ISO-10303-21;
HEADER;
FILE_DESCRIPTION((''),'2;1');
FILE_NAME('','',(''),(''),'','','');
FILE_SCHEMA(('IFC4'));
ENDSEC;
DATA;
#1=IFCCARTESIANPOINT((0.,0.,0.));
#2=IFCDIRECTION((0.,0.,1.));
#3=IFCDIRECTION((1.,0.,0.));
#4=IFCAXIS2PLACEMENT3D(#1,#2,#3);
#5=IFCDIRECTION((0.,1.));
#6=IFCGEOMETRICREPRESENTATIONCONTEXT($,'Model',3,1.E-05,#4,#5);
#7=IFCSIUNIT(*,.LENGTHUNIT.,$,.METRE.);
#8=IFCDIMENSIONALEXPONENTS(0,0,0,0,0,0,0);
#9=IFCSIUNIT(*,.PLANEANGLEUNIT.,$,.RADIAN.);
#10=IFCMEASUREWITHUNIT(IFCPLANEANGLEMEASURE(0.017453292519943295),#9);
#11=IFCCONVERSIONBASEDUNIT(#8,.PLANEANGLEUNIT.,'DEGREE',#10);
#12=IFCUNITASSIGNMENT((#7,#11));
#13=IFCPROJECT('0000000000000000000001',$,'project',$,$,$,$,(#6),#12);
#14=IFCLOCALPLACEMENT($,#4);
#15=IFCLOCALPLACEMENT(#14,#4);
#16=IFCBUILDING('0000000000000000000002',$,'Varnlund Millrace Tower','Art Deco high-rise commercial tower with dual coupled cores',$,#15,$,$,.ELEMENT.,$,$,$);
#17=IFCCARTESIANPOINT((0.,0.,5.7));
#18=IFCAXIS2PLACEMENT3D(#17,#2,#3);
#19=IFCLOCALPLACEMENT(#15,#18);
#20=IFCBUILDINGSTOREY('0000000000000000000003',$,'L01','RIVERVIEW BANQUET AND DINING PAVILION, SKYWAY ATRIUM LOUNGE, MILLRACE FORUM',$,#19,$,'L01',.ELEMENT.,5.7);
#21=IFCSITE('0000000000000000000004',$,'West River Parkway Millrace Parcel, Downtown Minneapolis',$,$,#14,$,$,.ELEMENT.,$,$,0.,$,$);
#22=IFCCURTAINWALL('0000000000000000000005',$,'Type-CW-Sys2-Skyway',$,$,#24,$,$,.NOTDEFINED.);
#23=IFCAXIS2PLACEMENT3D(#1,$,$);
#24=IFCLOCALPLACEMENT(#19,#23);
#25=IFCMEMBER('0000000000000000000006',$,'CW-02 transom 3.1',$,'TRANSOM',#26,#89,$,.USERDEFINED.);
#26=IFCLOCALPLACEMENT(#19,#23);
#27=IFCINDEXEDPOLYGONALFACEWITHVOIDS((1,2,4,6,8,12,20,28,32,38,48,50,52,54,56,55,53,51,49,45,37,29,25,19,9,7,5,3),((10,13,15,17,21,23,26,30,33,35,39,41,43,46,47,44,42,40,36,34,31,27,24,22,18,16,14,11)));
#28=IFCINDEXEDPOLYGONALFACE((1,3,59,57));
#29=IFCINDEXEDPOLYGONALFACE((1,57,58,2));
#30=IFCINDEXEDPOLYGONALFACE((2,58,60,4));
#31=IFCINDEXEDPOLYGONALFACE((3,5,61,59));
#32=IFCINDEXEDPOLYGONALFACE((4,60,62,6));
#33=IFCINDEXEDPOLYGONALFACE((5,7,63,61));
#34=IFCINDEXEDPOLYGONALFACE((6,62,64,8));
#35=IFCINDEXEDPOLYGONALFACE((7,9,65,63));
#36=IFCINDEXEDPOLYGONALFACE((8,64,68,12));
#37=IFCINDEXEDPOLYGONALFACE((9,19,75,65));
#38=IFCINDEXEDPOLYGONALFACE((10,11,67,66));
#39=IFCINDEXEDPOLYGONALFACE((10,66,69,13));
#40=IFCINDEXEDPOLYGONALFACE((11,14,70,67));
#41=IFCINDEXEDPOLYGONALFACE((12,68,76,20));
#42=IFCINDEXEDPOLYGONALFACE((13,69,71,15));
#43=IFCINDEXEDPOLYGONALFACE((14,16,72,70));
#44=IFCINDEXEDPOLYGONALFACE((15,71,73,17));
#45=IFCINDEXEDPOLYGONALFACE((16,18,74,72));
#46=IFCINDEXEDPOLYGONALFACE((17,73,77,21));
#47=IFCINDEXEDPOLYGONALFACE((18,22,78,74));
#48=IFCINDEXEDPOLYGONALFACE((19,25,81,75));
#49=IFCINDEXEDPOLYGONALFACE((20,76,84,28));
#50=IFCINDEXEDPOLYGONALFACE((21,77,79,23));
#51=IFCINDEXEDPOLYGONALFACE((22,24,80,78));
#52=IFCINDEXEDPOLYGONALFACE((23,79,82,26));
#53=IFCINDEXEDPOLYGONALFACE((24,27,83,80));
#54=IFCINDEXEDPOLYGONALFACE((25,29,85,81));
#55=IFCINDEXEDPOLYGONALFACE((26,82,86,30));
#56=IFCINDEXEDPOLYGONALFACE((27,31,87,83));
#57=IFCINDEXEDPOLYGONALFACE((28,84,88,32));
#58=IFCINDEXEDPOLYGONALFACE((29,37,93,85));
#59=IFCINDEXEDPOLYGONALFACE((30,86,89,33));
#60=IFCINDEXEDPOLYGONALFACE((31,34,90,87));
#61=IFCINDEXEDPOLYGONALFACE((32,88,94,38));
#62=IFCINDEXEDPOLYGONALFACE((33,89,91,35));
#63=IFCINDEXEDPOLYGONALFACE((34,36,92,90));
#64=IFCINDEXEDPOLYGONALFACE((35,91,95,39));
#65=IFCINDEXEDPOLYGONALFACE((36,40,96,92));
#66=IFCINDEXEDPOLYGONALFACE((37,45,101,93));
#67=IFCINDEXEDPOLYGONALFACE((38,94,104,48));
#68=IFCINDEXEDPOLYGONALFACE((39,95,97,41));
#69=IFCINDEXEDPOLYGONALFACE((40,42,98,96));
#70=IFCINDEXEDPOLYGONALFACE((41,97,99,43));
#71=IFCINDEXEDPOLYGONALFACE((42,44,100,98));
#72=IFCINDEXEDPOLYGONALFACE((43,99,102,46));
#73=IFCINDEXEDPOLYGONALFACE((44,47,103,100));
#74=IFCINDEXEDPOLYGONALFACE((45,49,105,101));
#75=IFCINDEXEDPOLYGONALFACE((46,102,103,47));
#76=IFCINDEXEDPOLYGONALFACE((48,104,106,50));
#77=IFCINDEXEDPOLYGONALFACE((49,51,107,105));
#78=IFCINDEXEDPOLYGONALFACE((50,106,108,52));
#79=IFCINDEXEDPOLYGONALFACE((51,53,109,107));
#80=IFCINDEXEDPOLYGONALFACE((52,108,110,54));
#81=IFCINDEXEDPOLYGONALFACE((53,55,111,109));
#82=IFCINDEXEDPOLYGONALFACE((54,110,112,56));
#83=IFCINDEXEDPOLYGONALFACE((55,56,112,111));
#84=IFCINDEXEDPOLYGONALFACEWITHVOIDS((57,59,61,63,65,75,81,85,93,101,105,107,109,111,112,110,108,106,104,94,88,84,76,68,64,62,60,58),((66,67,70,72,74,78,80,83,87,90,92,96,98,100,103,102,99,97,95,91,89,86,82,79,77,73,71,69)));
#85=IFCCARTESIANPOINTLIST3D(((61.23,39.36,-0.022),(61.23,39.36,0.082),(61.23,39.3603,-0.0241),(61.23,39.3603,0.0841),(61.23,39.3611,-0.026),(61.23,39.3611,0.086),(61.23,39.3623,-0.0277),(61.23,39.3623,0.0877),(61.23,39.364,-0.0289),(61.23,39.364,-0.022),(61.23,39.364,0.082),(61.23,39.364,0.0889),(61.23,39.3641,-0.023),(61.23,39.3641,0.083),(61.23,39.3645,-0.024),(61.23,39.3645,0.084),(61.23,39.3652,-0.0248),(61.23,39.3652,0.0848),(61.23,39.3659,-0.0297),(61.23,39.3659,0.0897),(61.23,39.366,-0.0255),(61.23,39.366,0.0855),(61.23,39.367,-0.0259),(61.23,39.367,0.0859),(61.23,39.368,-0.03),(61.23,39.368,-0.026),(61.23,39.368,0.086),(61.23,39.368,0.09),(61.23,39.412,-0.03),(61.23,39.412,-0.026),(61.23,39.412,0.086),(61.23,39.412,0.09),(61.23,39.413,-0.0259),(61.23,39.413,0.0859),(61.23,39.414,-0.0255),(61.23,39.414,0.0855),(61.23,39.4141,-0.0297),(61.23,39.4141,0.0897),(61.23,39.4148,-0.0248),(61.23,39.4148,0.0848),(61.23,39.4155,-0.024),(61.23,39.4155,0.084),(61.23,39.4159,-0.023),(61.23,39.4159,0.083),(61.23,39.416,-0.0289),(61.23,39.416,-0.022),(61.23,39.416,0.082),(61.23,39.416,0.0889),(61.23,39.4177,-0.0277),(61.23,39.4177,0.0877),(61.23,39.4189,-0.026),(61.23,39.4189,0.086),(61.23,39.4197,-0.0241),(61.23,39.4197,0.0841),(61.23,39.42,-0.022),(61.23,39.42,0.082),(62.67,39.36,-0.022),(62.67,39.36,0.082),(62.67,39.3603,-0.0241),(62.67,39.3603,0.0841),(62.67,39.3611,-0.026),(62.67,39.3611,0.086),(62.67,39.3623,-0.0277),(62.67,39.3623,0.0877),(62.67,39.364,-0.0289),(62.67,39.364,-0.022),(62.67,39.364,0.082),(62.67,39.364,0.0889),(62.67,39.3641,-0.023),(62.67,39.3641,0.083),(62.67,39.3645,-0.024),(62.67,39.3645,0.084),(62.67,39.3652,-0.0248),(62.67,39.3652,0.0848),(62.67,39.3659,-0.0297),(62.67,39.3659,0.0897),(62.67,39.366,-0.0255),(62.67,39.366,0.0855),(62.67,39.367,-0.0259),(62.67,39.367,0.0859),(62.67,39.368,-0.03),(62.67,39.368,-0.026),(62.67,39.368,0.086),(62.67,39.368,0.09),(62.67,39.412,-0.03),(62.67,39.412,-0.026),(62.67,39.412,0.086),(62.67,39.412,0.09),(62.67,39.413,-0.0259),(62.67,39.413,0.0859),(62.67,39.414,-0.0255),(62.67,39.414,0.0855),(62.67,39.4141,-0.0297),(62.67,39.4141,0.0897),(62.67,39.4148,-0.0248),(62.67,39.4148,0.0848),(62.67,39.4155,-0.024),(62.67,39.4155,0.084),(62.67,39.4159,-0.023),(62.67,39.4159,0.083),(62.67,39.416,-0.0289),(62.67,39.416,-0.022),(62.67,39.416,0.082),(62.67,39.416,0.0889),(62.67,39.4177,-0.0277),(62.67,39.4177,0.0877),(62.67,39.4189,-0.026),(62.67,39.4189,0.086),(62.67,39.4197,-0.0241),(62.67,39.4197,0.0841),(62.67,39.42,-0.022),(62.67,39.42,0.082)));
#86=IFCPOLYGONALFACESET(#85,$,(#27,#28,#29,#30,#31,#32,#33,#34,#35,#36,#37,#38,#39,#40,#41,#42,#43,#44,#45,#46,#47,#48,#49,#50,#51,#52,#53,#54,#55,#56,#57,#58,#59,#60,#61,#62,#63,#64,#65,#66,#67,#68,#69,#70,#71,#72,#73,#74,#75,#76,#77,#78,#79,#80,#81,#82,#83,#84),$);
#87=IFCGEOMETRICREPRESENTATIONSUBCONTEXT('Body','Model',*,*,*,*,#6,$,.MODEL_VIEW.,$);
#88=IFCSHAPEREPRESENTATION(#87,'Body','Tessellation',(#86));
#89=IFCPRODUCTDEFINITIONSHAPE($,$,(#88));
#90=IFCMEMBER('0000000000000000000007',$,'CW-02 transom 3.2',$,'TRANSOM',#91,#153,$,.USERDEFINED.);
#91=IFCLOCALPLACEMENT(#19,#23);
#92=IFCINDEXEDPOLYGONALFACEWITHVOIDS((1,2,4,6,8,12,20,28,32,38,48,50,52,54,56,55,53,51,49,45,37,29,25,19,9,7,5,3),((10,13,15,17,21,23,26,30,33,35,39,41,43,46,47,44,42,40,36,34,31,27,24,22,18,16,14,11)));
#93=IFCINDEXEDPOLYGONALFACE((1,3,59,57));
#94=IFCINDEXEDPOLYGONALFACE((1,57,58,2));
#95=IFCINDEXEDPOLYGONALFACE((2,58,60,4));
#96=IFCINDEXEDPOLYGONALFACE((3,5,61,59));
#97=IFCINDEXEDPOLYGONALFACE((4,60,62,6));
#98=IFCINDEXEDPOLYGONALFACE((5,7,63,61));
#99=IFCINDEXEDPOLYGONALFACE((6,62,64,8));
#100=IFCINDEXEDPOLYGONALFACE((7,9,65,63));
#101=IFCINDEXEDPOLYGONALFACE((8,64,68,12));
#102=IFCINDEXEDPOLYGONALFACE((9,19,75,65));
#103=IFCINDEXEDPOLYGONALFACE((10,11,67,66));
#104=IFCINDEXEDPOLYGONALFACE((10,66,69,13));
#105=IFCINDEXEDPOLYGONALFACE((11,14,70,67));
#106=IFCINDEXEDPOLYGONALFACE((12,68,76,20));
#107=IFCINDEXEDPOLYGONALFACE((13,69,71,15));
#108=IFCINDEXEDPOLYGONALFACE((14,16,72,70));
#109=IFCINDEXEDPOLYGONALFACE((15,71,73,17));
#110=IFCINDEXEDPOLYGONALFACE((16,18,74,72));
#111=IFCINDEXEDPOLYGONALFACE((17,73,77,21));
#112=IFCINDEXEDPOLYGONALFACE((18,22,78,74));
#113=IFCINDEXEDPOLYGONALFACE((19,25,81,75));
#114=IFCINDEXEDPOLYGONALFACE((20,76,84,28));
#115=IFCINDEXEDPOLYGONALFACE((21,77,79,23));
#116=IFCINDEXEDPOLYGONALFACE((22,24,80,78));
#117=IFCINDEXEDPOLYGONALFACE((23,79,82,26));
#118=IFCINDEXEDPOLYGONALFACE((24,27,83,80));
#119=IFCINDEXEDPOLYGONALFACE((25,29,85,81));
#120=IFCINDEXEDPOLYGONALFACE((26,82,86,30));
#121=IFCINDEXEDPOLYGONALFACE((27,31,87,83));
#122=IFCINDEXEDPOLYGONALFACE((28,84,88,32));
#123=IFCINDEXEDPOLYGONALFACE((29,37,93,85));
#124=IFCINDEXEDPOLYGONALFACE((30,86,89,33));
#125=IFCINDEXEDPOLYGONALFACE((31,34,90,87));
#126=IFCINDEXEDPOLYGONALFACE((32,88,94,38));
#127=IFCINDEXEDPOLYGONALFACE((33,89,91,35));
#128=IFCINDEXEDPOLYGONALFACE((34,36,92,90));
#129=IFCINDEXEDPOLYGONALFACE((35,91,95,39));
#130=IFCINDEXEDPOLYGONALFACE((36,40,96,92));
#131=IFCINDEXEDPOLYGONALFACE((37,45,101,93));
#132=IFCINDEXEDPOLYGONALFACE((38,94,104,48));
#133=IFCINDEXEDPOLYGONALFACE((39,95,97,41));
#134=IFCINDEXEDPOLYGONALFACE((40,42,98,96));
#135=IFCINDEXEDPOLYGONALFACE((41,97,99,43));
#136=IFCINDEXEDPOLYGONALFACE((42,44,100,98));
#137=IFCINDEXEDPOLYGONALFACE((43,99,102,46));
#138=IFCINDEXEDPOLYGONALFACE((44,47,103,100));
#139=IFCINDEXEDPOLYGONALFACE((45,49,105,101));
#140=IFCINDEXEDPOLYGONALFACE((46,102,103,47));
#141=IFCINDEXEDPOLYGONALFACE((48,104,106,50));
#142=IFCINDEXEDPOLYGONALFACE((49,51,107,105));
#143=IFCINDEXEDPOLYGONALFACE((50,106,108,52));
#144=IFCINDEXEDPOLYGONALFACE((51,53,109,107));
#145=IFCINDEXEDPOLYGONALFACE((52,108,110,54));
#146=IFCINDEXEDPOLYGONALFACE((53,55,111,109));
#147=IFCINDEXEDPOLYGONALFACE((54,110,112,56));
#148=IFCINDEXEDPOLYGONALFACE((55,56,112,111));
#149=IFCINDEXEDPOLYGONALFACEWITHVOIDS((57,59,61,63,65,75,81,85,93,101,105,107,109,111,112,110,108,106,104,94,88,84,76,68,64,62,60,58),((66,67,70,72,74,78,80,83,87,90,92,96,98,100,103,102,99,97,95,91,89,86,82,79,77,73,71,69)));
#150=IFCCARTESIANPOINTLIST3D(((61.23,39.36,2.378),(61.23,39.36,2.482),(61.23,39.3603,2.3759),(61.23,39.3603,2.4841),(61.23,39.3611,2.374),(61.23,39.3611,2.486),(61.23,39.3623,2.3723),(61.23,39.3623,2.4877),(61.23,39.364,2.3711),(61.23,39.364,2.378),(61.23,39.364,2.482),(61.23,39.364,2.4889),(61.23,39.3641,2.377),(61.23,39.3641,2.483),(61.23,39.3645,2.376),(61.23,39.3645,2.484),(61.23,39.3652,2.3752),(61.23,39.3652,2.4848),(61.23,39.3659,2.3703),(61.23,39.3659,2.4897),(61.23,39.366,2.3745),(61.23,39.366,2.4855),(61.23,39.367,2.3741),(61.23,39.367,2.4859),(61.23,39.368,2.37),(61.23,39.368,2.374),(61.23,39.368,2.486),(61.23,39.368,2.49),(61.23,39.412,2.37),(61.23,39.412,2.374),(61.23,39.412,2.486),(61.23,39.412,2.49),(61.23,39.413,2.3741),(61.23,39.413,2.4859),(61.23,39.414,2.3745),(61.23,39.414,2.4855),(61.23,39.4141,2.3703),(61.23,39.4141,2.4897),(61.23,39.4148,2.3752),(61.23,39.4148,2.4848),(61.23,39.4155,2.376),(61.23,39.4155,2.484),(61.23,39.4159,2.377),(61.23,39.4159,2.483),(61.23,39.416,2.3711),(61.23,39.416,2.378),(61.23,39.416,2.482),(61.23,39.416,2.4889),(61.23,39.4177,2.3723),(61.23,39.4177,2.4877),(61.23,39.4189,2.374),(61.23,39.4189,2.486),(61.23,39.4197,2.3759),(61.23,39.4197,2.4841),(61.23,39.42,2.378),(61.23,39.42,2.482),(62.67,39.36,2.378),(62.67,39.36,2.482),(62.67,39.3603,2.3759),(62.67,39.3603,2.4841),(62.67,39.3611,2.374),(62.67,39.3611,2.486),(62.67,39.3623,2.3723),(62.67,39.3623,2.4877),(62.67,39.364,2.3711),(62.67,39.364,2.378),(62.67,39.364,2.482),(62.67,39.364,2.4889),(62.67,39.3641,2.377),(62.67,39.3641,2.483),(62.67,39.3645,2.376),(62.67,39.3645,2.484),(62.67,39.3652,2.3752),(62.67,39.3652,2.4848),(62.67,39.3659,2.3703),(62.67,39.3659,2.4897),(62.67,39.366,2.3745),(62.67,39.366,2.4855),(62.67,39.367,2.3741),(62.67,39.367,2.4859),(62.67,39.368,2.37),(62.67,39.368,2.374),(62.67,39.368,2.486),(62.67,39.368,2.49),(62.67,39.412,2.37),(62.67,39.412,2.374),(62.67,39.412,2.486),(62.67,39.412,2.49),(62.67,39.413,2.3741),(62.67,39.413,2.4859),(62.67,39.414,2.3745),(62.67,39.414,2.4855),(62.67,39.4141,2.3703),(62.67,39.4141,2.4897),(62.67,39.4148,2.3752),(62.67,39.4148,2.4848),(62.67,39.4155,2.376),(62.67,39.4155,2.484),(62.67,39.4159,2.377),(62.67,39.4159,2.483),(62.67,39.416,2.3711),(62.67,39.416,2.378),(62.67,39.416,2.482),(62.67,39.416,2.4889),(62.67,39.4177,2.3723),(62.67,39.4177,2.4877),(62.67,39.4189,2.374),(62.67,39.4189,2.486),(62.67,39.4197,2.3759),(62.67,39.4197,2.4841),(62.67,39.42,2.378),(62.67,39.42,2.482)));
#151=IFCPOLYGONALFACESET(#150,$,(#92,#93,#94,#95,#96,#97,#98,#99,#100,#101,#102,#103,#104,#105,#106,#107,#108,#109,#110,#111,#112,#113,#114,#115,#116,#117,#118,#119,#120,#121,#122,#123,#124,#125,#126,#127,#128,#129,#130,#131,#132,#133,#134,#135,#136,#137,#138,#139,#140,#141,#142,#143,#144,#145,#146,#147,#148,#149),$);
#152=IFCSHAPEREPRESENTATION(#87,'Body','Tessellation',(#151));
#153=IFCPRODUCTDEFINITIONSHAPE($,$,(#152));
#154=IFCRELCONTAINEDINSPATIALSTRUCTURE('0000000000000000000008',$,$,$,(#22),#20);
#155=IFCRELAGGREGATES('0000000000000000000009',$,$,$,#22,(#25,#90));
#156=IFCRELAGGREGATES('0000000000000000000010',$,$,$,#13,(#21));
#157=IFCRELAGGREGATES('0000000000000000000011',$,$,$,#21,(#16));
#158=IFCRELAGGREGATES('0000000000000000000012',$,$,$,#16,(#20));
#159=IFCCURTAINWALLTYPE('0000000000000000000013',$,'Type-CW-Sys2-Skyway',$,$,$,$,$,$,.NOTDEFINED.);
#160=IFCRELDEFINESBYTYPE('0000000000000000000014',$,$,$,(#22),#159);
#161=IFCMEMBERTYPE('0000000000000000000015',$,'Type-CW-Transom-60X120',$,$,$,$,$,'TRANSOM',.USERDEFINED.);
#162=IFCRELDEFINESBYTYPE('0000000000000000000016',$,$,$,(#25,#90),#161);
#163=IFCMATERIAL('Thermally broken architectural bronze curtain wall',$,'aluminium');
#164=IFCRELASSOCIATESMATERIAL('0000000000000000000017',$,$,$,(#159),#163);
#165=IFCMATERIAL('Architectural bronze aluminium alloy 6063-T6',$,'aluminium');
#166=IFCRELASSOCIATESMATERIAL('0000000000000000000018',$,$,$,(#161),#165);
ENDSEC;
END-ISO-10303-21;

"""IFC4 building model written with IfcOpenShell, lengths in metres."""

from ifc_helpers import new_model, entity, si_unit, converted_unit, direction, frame, origin_with_axes, origin_2d_with_axis, place, context, subcontext, project, spatial, hollow_rectangle, extrude, material, material_profile, profile_set, type_object, element, aggregate, save


model = new_model("IFC4")

# Units and contexts
model_context = context("Model", 3, precision=1e-05, world=origin_with_axes(), true_north=direction((0.0, 1.0)))
body_context = subcontext(model_context, "Body", "Model", "MODEL_VIEW")
ifc_project = project(units=[si_unit("LENGTHUNIT", "METRE"), converted_unit("PLANEANGLEUNIT", "DEGREE", entity("IfcPlaneAngleMeasure", 0.017453292519943295), si_unit("PLANEANGLEUNIT", "RADIAN"), dimensions=[0, 0, 0, 0, 0, 0, 0])], contexts=[model_context])

# Site, building, storey
site_placement = place(None, origin_with_axes())
site = spatial("IfcSite", under=ifc_project, at=site_placement, Name="West River Parkway Millrace Parcel, Downtown Minneapolis", CompositionType="ELEMENT", RefElevation=0.0)
building_placement = place(site_placement, origin_with_axes())
building = spatial("IfcBuilding", under=site, at=building_placement, Name="Varnlund Millrace Tower", Description="Art Deco high-rise commercial tower with dual coupled cores", CompositionType="ELEMENT")
storey_placement = place(building_placement, frame((0.0, 0.0, 5.7), z_axis=(0.0, 0.0, 1.0), x_axis=(1.0, 0.0, 0.0)))
storey = spatial("IfcBuildingStorey", under=building, at=storey_placement, Name="L01", Description="RIVERVIEW BANQUET AND DINING PAVILION, SKYWAY ATRIUM LOUNGE, MILLRACE FORUM", LongName="L01", CompositionType="ELEMENT", Elevation=5.7)

# Curtain wall
ifc_material_1 = material(Name="Thermally broken architectural bronze curtain wall", Category="aluminium")
curtain_wall_type = type_object("IfcCurtainWallType", Name="Type-CW-Sys2-Skyway", PredefinedType="NOTDEFINED", material=ifc_material_1)
curtain_wall_1_placement = place(storey_placement, frame((58.2, 39.39, 0.0), z_axis=(0.0, 0.0, 1.0), x_axis=(1.0, 0.0, 0.0)))
curtain_wall_1 = element("IfcCurtainWall", 1, at=curtain_wall_1_placement, inside=storey, type_object=curtain_wall_type, Name="Type-CW-Sys2-Skyway", PredefinedType="NOTDEFINED")
ifc_material_2 = material(Name="Architectural bronze aluminium alloy 6063-T6", Category="aluminium")

# Members
ifc_material_profile_1 = material_profile(ifc_material_2, hollow_rectangle(XDim=0.06, YDim=0.12, WallThickness=0.004, InnerFilletRadius=0.004, OuterFilletRadius=0.008, at=origin_2d_with_axis()), Name="Architectural bronze aluminium alloy 6063-T6")
ifc_profile_set_1 = profile_set([ifc_material_profile_1], Name="Architectural bronze aluminium alloy 6063-T6")
member_type_1 = type_object("IfcMemberType", Name="Type-CW-Transom-60X120", ElementType="TRANSOM", PredefinedType="USERDEFINED", material=ifc_profile_set_1)
member_1_placement = place(storey_placement, frame((61.23, 39.39, 0.03), z_axis=(1.0, 0.0, 0.0), x_axis=(0.0, 1.0, 0.0)))
member_1 = element("IfcMember", 2, at=member_1_placement, type_object=member_type_1, Name="CW-02 transom 3.1", ObjectType="TRANSOM", PredefinedType="USERDEFINED", context=body_context, shape_type="SweptSolid", body=[
    extrude(hollow_rectangle(XDim=0.06, YDim=0.12, WallThickness=0.004, InnerFilletRadius=0.004, OuterFilletRadius=0.008, at=origin_2d_with_axis()), origin_with_axes(), (0.0, 0.0, 1.0), 1.44),
])
member_2_placement = place(storey_placement, frame((61.23, 39.39, 2.43), z_axis=(1.0, 0.0, 0.0), x_axis=(0.0, 1.0, 0.0)))
member_2 = element("IfcMember", 3, at=member_2_placement, type_object=member_type_1, Name="CW-02 transom 3.2", ObjectType="TRANSOM", PredefinedType="USERDEFINED", context=body_context, shape_type="SweptSolid", body=[
    extrude(hollow_rectangle(XDim=0.06, YDim=0.12, WallThickness=0.004, InnerFilletRadius=0.004, OuterFilletRadius=0.008, at=origin_2d_with_axis()), origin_with_axes(), (0.0, 0.0, 1.0), 1.44),
])

aggregate(curtain_wall_1, [member_1, member_2])

save(model, "model.ifc")
